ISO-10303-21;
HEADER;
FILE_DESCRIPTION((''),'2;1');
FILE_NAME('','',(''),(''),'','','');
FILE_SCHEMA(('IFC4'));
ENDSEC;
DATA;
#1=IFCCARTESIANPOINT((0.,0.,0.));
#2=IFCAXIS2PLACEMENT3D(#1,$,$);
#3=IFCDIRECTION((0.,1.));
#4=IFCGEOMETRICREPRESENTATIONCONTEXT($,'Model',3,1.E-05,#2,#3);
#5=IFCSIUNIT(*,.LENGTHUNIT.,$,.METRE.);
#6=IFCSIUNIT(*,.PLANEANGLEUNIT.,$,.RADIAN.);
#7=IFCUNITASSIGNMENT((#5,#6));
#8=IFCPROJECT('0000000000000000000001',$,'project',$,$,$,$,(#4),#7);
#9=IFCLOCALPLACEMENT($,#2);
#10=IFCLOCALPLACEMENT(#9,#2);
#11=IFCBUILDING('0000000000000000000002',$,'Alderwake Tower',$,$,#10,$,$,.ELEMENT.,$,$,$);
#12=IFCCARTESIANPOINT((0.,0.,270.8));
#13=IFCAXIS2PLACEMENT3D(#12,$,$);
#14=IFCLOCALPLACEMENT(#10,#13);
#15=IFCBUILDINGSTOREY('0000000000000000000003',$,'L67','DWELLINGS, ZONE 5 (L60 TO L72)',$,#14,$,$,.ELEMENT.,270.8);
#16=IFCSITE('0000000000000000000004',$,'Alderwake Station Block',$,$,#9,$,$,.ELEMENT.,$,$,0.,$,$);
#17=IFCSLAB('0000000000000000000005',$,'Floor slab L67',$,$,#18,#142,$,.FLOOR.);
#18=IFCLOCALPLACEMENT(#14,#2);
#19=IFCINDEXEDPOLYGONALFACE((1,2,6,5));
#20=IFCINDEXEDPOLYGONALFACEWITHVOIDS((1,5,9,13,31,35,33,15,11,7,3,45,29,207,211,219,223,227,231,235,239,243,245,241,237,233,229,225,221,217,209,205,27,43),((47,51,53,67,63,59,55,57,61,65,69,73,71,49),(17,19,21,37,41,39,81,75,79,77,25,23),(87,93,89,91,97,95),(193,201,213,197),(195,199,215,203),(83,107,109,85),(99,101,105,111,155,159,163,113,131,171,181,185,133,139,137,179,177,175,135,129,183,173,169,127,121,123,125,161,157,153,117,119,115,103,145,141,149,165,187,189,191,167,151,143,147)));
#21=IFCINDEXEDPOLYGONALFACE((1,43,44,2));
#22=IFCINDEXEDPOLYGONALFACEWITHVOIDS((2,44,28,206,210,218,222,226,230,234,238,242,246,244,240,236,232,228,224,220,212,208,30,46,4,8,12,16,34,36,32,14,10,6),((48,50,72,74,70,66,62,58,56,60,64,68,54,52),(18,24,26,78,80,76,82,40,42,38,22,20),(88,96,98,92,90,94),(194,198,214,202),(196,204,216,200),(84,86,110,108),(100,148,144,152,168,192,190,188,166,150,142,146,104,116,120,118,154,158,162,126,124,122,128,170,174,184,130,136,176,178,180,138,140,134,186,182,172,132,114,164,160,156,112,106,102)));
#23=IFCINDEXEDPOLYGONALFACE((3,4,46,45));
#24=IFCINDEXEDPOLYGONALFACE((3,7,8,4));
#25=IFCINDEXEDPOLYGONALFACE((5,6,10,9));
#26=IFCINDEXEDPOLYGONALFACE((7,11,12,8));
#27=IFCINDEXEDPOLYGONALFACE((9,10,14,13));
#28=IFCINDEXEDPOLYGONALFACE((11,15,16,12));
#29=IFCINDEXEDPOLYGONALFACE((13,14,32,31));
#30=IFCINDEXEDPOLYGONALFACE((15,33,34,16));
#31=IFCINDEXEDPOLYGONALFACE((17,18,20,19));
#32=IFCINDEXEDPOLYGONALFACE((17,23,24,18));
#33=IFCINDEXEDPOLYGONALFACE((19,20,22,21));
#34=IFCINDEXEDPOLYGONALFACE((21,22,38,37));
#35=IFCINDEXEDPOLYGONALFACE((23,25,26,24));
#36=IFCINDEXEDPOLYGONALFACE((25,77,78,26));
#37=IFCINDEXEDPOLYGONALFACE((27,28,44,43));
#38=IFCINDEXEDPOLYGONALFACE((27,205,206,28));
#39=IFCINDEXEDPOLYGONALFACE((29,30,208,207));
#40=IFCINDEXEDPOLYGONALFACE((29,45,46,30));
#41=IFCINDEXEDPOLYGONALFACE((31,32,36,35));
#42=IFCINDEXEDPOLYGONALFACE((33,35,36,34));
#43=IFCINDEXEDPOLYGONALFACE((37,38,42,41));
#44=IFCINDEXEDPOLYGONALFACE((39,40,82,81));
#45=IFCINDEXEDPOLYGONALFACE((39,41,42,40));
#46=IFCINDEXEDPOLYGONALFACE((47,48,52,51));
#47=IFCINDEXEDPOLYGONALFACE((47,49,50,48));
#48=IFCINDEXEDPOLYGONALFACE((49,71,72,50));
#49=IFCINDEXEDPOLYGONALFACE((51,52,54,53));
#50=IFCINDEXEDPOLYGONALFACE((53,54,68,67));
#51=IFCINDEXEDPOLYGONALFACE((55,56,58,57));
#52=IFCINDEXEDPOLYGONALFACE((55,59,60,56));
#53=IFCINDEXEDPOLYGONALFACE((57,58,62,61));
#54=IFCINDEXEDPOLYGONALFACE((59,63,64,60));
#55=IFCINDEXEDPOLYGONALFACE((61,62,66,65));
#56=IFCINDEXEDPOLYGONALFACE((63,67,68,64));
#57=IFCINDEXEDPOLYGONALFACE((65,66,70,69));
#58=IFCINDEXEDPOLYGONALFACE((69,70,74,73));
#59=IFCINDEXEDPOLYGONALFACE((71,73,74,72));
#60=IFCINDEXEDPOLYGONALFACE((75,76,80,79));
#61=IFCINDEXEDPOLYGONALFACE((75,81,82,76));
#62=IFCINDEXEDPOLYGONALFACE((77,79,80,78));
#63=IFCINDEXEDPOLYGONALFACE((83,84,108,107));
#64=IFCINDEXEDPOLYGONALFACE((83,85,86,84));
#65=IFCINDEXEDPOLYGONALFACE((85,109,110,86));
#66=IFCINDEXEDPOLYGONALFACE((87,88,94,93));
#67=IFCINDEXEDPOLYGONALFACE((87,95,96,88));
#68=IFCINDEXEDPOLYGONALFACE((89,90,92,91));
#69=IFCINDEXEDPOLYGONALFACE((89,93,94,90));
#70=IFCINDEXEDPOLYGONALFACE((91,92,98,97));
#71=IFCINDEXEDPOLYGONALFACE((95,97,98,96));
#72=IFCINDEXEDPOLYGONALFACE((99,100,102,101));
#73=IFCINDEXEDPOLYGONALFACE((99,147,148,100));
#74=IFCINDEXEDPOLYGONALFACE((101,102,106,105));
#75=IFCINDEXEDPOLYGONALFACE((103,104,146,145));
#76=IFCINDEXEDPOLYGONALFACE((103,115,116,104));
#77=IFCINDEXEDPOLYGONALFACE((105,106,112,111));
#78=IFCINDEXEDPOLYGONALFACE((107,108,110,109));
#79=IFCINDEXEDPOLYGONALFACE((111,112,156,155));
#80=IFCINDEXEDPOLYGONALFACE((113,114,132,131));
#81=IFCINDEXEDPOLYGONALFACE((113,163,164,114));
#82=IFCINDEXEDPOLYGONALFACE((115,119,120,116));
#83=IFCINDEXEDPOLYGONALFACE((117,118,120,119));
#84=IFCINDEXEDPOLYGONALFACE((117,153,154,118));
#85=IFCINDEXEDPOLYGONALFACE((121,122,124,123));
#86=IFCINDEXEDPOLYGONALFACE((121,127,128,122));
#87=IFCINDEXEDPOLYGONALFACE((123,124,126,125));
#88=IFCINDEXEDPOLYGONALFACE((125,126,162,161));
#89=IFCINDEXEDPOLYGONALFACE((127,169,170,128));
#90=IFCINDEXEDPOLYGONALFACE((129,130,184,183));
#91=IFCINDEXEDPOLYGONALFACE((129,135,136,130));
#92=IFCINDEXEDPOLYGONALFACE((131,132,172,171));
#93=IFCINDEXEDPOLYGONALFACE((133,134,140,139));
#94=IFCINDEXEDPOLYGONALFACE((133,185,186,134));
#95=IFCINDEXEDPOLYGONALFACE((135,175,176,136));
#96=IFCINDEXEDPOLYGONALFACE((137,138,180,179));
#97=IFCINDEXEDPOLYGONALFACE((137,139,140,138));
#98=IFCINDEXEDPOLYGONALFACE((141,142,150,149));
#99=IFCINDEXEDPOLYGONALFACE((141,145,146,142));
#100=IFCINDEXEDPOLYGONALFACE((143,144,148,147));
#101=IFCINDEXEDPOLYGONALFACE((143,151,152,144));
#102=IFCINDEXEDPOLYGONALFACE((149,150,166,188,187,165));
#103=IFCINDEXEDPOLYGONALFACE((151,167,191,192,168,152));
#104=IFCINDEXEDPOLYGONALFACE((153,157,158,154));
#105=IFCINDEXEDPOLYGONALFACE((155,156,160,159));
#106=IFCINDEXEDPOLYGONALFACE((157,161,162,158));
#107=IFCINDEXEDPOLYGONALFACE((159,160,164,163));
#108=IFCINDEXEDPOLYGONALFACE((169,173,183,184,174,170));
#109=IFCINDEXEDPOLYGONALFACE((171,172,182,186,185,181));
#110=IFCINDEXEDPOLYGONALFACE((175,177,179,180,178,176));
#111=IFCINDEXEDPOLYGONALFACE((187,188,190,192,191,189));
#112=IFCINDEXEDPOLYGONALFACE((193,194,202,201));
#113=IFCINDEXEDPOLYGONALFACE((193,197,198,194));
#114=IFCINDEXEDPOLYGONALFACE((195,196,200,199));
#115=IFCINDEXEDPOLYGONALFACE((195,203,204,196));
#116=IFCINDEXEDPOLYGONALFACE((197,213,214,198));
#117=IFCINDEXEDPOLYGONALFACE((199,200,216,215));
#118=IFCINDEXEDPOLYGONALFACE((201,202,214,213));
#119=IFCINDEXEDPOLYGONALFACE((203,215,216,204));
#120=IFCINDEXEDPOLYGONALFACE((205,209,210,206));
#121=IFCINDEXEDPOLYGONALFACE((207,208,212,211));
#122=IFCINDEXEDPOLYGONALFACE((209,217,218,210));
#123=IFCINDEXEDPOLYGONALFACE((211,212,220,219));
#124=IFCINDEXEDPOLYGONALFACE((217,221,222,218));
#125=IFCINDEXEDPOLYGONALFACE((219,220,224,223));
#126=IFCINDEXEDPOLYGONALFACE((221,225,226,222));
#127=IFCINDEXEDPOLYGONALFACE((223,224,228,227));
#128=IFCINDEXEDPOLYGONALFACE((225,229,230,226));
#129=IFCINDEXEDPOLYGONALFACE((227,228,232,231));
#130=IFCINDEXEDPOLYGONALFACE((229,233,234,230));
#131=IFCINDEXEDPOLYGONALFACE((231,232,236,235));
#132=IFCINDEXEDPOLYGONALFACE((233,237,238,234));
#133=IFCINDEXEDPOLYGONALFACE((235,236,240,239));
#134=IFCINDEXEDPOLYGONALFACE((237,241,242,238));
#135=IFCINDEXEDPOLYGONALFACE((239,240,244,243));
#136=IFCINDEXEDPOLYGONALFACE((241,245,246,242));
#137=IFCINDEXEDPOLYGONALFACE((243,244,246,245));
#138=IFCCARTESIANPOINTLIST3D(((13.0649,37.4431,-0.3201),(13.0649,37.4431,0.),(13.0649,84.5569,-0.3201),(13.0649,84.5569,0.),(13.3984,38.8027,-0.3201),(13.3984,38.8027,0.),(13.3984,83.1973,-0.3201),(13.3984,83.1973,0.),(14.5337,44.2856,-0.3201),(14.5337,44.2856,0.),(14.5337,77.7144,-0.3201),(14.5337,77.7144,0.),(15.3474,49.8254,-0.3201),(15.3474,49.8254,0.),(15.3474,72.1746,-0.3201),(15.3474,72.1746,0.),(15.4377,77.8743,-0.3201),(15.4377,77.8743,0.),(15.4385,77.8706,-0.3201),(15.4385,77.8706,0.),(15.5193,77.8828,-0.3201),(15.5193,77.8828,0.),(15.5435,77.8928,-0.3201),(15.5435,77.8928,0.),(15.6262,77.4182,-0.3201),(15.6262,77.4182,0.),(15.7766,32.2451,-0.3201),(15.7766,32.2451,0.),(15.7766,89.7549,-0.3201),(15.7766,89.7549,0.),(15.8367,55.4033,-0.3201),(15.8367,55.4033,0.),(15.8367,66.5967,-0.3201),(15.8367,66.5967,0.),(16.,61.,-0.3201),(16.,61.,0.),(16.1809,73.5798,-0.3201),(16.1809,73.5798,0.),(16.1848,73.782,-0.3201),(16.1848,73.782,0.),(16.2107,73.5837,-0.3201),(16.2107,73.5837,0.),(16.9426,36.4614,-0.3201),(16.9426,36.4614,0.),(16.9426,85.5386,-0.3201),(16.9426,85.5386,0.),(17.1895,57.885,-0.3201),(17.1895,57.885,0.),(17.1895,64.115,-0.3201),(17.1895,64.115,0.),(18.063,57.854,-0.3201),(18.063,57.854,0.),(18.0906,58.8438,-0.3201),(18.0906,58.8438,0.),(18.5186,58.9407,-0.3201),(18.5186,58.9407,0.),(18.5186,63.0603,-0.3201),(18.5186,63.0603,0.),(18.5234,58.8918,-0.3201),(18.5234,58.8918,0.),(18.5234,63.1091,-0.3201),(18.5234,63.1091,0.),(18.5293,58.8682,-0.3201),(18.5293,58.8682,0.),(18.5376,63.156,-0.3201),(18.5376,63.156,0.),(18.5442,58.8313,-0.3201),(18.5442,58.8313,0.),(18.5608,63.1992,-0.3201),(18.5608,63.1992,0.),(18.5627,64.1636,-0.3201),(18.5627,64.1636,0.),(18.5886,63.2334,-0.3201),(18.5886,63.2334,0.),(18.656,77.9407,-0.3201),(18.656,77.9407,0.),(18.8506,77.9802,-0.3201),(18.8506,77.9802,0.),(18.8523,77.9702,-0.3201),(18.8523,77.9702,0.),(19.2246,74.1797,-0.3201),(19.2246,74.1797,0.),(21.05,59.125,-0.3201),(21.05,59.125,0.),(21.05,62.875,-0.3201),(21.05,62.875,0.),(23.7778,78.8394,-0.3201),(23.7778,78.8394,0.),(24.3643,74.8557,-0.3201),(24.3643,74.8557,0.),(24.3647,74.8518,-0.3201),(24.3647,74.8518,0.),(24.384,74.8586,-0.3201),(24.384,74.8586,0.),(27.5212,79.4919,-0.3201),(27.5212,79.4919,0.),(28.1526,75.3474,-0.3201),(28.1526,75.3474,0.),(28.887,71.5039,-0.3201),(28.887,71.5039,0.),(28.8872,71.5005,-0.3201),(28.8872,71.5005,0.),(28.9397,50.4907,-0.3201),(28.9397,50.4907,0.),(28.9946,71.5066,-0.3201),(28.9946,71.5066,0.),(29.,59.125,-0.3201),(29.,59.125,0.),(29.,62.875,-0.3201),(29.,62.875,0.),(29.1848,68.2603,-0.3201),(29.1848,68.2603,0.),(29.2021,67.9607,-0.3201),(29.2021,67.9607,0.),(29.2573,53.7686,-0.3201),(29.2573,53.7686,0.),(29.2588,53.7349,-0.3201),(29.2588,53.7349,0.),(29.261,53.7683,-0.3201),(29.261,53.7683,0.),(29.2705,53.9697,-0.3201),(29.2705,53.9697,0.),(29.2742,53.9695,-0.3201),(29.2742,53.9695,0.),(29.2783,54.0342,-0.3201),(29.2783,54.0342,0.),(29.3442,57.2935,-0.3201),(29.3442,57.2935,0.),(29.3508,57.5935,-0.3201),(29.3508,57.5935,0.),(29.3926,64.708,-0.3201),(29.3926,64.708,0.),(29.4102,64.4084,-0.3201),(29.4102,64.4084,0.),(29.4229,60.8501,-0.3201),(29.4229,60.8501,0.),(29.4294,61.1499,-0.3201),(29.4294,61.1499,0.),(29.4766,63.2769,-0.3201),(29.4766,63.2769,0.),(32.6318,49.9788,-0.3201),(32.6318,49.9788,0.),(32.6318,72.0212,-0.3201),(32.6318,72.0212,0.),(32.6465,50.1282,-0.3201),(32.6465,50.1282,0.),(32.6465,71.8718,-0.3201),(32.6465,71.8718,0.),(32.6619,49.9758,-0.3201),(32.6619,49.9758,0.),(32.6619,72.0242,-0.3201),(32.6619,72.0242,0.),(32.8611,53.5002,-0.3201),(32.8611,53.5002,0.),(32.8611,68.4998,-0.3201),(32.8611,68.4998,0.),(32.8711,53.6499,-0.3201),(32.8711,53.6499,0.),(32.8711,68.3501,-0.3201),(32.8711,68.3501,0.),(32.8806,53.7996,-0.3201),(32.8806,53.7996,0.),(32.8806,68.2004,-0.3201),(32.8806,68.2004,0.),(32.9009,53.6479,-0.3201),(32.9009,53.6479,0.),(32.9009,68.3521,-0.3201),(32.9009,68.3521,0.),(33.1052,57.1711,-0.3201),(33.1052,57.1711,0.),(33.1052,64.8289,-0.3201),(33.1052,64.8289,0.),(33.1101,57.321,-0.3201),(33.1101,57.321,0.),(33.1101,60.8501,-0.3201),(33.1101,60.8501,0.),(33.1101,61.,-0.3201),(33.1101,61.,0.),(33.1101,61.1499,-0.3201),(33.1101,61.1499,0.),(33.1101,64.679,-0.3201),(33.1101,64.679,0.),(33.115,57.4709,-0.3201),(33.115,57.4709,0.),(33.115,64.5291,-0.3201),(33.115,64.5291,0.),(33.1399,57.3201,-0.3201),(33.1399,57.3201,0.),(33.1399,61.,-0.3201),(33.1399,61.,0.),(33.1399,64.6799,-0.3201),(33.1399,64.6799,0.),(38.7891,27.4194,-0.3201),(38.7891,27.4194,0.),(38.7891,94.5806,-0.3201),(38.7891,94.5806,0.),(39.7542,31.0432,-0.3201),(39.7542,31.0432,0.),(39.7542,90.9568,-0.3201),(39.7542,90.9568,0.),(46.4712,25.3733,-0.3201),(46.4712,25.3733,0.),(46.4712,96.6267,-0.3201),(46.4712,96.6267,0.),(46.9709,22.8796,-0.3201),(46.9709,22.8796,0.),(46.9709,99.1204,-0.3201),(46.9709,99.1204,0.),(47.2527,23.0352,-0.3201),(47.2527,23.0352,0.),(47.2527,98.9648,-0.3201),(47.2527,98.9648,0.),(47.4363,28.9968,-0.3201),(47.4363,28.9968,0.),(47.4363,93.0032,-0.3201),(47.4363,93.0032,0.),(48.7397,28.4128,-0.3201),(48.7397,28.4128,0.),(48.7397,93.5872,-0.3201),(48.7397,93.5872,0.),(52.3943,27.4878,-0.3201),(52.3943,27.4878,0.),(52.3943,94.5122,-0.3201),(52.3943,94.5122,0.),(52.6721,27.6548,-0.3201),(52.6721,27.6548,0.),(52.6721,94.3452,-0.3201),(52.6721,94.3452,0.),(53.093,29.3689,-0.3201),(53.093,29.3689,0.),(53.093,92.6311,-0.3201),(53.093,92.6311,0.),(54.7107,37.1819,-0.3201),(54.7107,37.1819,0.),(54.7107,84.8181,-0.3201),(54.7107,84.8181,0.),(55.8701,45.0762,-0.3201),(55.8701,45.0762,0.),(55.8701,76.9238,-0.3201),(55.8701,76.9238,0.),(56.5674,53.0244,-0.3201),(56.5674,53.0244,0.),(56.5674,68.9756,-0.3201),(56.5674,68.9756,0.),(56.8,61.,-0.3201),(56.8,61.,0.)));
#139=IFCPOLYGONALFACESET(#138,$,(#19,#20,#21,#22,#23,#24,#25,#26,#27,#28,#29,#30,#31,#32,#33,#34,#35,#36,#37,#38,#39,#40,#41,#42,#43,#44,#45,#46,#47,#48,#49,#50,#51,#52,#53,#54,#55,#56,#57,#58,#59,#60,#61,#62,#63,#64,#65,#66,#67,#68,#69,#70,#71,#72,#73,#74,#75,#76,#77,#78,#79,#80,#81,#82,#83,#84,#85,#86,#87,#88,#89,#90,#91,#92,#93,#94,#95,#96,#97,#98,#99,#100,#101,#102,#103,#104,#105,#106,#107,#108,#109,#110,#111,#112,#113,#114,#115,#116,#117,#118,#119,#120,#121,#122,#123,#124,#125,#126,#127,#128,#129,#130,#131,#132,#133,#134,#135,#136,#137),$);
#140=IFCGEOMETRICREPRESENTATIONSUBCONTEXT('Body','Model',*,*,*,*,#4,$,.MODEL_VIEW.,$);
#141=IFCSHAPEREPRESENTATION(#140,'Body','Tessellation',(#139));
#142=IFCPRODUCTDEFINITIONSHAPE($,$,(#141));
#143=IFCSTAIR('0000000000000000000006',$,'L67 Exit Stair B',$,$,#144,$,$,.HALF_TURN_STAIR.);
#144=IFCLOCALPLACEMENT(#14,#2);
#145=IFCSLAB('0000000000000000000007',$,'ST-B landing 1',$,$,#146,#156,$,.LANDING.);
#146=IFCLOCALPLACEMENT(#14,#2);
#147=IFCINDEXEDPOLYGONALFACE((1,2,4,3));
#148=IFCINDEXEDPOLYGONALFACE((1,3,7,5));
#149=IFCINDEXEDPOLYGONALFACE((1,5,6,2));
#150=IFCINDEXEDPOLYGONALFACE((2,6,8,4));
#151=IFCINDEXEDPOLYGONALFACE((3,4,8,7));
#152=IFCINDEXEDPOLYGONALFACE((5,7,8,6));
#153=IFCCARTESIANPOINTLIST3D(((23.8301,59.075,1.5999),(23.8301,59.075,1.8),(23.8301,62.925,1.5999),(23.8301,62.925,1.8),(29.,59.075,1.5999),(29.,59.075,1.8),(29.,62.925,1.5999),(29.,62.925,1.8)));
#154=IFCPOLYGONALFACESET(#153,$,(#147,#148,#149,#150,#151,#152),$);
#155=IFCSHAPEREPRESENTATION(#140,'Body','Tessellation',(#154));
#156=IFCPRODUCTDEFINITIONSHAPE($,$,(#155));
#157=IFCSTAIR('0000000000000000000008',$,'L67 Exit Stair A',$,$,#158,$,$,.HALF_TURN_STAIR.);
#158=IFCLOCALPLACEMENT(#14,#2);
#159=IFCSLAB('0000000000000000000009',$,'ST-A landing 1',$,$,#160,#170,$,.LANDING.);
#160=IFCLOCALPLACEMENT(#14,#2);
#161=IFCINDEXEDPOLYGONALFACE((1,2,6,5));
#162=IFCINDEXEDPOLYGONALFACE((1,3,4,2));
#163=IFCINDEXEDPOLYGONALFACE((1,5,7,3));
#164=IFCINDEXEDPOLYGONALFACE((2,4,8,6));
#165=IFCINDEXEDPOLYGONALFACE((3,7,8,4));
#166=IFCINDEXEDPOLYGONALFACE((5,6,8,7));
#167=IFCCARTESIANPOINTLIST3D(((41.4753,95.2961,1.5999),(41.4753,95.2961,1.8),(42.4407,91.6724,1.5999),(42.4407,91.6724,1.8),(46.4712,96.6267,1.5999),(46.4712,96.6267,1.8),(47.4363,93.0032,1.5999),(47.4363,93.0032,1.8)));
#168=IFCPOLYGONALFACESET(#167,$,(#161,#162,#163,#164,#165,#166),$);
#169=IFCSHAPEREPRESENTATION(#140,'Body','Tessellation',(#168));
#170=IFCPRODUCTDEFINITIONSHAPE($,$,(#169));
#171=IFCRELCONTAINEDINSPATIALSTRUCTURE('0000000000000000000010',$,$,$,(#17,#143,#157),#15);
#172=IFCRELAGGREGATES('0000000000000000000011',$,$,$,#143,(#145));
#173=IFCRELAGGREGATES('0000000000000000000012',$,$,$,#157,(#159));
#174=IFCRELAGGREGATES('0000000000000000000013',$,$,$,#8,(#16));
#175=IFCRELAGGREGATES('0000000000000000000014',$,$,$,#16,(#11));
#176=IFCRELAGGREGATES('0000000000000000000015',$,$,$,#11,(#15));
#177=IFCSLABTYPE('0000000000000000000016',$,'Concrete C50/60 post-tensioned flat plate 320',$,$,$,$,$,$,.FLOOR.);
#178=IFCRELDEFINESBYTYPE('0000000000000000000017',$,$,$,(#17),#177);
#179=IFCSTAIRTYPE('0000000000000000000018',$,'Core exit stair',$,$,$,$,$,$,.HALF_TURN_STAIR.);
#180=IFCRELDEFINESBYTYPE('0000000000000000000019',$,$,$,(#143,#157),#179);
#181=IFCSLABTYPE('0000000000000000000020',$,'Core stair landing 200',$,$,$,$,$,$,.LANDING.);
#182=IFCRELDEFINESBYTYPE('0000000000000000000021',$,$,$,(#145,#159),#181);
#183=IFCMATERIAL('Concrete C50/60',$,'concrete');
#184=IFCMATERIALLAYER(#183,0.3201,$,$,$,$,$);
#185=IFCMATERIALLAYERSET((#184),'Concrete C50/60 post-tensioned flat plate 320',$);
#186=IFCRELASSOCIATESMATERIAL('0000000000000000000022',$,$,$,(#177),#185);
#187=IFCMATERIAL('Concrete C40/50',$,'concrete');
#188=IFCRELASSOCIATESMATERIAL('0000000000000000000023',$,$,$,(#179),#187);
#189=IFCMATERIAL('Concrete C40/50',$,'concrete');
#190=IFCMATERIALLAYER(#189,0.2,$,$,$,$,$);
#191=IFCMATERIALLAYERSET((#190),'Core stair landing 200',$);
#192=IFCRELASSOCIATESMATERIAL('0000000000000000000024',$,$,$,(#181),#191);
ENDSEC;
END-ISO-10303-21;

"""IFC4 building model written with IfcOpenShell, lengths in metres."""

from ifc_helpers import new_model, si_unit, direction, frame, origin, place, context, subcontext, project, spatial, polyline, outline, extrude, material, layer, layer_set, type_object, element, aggregate, save


model = new_model("IFC4")

# Units and contexts
model_context = context("Model", 3, precision=1e-05, world=origin(), true_north=direction((0.0, 1.0)))
body_context = subcontext(model_context, "Body", "Model", "MODEL_VIEW")
ifc_project = project(units=[si_unit("LENGTHUNIT", "METRE"), si_unit("PLANEANGLEUNIT", "RADIAN")], contexts=[model_context])

# Site, building, storey
site_placement = place(None, origin())
site = spatial("IfcSite", under=ifc_project, at=site_placement, Name="Alderwake Station Block", CompositionType="ELEMENT", RefElevation=0.0)
building_placement = place(site_placement, origin())
building = spatial("IfcBuilding", under=site, at=building_placement, Name="Alderwake Tower", CompositionType="ELEMENT")
storey_placement = place(building_placement, frame((0.0, 0.0, 270.8)))
storey = spatial("IfcBuildingStorey", under=building, at=storey_placement, Name="L67", Description="DWELLINGS, ZONE 5 (L60 TO L72)", CompositionType="ELEMENT", Elevation=270.8)

# Slab
ifc_material_1 = material(Name="Concrete C50/60", Category="concrete")
ifc_layer_1 = layer(ifc_material_1, 0.3201)
ifc_layer_set_1 = layer_set([ifc_layer_1], Name="Concrete C50/60 post-tensioned flat plate 320")
slab_type_1 = type_object("IfcSlabType", Name="Concrete C50/60 post-tensioned flat plate 320", PredefinedType="FLOOR", material=ifc_layer_set_1)
slab_1_placement = place(storey_placement, frame((0.0, 0.0, -0.3201)))
element("IfcSlab", 1, at=slab_1_placement, inside=storey, type_object=slab_type_1, Name="Floor slab L67", PredefinedType="FLOOR", context=body_context, shape_type="SweptSolid", body=[
    extrude(outline(polyline([(13.0649, 37.4431), (13.3984, 38.8027), (14.5337, 44.2856), (15.3474, 49.8254), (15.8367, 55.4033), (16.0, 61.0), (15.8367, 66.5967), (15.3474, 72.1746), (14.5337, 77.7144), (13.3984, 83.1973), (13.0649, 84.5569), (16.9426, 85.5386), (15.7766, 89.7549), (46.9709, 99.1204), (47.2527, 98.9648), (48.7397, 93.5872), (52.3943, 94.5122), (52.6721, 94.3452), (53.093, 92.6311), (54.7107, 84.8181), (55.8701, 76.9238), (56.5674, 68.9756), (56.8, 61.0), (56.5674, 53.0244), (55.8701, 45.0762), (54.7107, 37.1819), (53.093, 29.3689), (52.6721, 27.6548), (52.3943, 27.4878), (48.7397, 28.4128), (47.2527, 23.0352), (46.9709, 22.8796), (15.7766, 32.2451), (16.9426, 36.4614), (13.0649, 37.4431)]), holes=[polyline([(29.2573, 53.7686), (28.9397, 50.4907), (32.6465, 50.1282), (32.6318, 49.9788), (32.6619, 49.9758), (32.9009, 53.6479), (33.1399, 57.3201), (33.1399, 61.0), (33.1399, 64.6799), (32.9009, 68.3521), (32.6619, 72.0242), (32.6318, 72.0212), (32.6465, 71.8718), (28.887, 71.5039), (28.8872, 71.5005), (28.9946, 71.5066), (29.1848, 68.2603), (32.8611, 68.4998), (32.8711, 68.3501), (32.8806, 68.2004), (29.2021, 67.9607), (29.3926, 64.708), (33.1052, 64.8289), (33.1101, 64.679), (33.115, 64.5291), (29.4102, 64.4084), (29.4766, 63.2769), (29.4294, 61.1499), (33.1101, 61.1499), (33.1101, 61.0), (33.1101, 60.8501), (29.4229, 60.8501), (29.3508, 57.5935), (33.115, 57.4709), (33.1101, 57.321), (33.1052, 57.1711), (29.3442, 57.2935), (29.2705, 53.9697), (29.2742, 53.9695), (29.2783, 54.0342), (32.8806, 53.7996), (32.8711, 53.6499), (32.8611, 53.5002), (29.2588, 53.7349), (29.261, 53.7683), (29.2573, 53.7686)]), polyline([(21.05, 62.875), (21.05, 59.125), (29.0, 59.125), (29.0, 62.875), (21.05, 62.875)]), polyline([(15.5435, 77.8928), (15.4377, 77.8743), (15.4385, 77.8706), (15.5193, 77.8828), (16.1809, 73.5798), (16.2107, 73.5837), (16.1848, 73.782), (19.2246, 74.1797), (18.656, 77.9407), (18.8523, 77.9702), (18.8506, 77.9802), (15.6262, 77.4182), (15.5435, 77.8928)]), polyline([(27.5212, 79.4919), (23.7778, 78.8394), (24.384, 74.8586), (24.3643, 74.8557), (24.3647, 74.8518), (28.1526, 75.3474), (27.5212, 79.4919)]), polyline([(47.4363, 28.9968), (39.7542, 31.0432), (38.7891, 27.4194), (46.4712, 25.3733), (47.4363, 28.9968)]), polyline([(46.4712, 96.6267), (38.7891, 94.5806), (39.7542, 90.9568), (47.4363, 93.0032), (46.4712, 96.6267)]), polyline([(17.1895, 64.115), (17.1895, 57.885), (18.063, 57.854), (18.0906, 58.8438), (18.5442, 58.8313), (18.5293, 58.8682), (18.5234, 58.8918), (18.5186, 58.9407), (18.5186, 63.0603), (18.5234, 63.1091), (18.5376, 63.156), (18.5608, 63.1992), (18.5886, 63.2334), (18.5627, 64.1636), (17.1895, 64.115)])]), origin(), (0.0, 0.0, 1.0), 0.3201),
])

# Stairs, slabs
ifc_material_2 = material(Name="Concrete C40/50", Category="concrete")
stair_type = type_object("IfcStairType", Name="Core exit stair", PredefinedType="HALF_TURN_STAIR", material=ifc_material_2)
stair_1_placement = place(storey_placement, origin())
stair_1 = element("IfcStair", 2, at=stair_1_placement, inside=storey, type_object=stair_type, Name="L67 Exit Stair B", PredefinedType="HALF_TURN_STAIR")
ifc_material_3 = material(Name="Concrete C40/50", Category="concrete")
ifc_layer_2 = layer(ifc_material_3, 0.2)
ifc_layer_set_2 = layer_set([ifc_layer_2], Name="Core stair landing 200")
slab_type_2 = type_object("IfcSlabType", Name="Core stair landing 200", PredefinedType="LANDING", material=ifc_layer_set_2)
slab_2_placement = place(storey_placement, frame((0.0, 0.0, 1.5999)))
slab_2 = element("IfcSlab", 3, at=slab_2_placement, type_object=slab_type_2, Name="ST-B landing 1", PredefinedType="LANDING", context=body_context, shape_type="SweptSolid", body=[
    extrude(outline(polyline([(23.8301, 59.075), (29.0, 59.075), (29.0, 62.925), (23.8301, 62.925), (23.8301, 59.075)])), origin(), (0.0, 0.0, 1.0), 0.2002),
])
aggregate(stair_1, [slab_2])
stair_2_placement = place(storey_placement, origin())
stair_2 = element("IfcStair", 4, at=stair_2_placement, inside=storey, type_object=stair_type, Name="L67 Exit Stair A", PredefinedType="HALF_TURN_STAIR")
slab_3_placement = place(storey_placement, frame((0.0, 0.0, 1.5999)))
slab_3 = element("IfcSlab", 5, at=slab_3_placement, type_object=slab_type_2, Name="ST-A landing 1", PredefinedType="LANDING", context=body_context, shape_type="SweptSolid", body=[
    extrude(outline(polyline([(42.4407, 91.6724), (47.4363, 93.0032), (46.4712, 96.6267), (41.4753, 95.2961), (42.4407, 91.6724)])), origin(), (0.0, 0.0, 1.0), 0.2002),
])
aggregate(stair_2, [slab_3])

save(model, "model.ifc")
